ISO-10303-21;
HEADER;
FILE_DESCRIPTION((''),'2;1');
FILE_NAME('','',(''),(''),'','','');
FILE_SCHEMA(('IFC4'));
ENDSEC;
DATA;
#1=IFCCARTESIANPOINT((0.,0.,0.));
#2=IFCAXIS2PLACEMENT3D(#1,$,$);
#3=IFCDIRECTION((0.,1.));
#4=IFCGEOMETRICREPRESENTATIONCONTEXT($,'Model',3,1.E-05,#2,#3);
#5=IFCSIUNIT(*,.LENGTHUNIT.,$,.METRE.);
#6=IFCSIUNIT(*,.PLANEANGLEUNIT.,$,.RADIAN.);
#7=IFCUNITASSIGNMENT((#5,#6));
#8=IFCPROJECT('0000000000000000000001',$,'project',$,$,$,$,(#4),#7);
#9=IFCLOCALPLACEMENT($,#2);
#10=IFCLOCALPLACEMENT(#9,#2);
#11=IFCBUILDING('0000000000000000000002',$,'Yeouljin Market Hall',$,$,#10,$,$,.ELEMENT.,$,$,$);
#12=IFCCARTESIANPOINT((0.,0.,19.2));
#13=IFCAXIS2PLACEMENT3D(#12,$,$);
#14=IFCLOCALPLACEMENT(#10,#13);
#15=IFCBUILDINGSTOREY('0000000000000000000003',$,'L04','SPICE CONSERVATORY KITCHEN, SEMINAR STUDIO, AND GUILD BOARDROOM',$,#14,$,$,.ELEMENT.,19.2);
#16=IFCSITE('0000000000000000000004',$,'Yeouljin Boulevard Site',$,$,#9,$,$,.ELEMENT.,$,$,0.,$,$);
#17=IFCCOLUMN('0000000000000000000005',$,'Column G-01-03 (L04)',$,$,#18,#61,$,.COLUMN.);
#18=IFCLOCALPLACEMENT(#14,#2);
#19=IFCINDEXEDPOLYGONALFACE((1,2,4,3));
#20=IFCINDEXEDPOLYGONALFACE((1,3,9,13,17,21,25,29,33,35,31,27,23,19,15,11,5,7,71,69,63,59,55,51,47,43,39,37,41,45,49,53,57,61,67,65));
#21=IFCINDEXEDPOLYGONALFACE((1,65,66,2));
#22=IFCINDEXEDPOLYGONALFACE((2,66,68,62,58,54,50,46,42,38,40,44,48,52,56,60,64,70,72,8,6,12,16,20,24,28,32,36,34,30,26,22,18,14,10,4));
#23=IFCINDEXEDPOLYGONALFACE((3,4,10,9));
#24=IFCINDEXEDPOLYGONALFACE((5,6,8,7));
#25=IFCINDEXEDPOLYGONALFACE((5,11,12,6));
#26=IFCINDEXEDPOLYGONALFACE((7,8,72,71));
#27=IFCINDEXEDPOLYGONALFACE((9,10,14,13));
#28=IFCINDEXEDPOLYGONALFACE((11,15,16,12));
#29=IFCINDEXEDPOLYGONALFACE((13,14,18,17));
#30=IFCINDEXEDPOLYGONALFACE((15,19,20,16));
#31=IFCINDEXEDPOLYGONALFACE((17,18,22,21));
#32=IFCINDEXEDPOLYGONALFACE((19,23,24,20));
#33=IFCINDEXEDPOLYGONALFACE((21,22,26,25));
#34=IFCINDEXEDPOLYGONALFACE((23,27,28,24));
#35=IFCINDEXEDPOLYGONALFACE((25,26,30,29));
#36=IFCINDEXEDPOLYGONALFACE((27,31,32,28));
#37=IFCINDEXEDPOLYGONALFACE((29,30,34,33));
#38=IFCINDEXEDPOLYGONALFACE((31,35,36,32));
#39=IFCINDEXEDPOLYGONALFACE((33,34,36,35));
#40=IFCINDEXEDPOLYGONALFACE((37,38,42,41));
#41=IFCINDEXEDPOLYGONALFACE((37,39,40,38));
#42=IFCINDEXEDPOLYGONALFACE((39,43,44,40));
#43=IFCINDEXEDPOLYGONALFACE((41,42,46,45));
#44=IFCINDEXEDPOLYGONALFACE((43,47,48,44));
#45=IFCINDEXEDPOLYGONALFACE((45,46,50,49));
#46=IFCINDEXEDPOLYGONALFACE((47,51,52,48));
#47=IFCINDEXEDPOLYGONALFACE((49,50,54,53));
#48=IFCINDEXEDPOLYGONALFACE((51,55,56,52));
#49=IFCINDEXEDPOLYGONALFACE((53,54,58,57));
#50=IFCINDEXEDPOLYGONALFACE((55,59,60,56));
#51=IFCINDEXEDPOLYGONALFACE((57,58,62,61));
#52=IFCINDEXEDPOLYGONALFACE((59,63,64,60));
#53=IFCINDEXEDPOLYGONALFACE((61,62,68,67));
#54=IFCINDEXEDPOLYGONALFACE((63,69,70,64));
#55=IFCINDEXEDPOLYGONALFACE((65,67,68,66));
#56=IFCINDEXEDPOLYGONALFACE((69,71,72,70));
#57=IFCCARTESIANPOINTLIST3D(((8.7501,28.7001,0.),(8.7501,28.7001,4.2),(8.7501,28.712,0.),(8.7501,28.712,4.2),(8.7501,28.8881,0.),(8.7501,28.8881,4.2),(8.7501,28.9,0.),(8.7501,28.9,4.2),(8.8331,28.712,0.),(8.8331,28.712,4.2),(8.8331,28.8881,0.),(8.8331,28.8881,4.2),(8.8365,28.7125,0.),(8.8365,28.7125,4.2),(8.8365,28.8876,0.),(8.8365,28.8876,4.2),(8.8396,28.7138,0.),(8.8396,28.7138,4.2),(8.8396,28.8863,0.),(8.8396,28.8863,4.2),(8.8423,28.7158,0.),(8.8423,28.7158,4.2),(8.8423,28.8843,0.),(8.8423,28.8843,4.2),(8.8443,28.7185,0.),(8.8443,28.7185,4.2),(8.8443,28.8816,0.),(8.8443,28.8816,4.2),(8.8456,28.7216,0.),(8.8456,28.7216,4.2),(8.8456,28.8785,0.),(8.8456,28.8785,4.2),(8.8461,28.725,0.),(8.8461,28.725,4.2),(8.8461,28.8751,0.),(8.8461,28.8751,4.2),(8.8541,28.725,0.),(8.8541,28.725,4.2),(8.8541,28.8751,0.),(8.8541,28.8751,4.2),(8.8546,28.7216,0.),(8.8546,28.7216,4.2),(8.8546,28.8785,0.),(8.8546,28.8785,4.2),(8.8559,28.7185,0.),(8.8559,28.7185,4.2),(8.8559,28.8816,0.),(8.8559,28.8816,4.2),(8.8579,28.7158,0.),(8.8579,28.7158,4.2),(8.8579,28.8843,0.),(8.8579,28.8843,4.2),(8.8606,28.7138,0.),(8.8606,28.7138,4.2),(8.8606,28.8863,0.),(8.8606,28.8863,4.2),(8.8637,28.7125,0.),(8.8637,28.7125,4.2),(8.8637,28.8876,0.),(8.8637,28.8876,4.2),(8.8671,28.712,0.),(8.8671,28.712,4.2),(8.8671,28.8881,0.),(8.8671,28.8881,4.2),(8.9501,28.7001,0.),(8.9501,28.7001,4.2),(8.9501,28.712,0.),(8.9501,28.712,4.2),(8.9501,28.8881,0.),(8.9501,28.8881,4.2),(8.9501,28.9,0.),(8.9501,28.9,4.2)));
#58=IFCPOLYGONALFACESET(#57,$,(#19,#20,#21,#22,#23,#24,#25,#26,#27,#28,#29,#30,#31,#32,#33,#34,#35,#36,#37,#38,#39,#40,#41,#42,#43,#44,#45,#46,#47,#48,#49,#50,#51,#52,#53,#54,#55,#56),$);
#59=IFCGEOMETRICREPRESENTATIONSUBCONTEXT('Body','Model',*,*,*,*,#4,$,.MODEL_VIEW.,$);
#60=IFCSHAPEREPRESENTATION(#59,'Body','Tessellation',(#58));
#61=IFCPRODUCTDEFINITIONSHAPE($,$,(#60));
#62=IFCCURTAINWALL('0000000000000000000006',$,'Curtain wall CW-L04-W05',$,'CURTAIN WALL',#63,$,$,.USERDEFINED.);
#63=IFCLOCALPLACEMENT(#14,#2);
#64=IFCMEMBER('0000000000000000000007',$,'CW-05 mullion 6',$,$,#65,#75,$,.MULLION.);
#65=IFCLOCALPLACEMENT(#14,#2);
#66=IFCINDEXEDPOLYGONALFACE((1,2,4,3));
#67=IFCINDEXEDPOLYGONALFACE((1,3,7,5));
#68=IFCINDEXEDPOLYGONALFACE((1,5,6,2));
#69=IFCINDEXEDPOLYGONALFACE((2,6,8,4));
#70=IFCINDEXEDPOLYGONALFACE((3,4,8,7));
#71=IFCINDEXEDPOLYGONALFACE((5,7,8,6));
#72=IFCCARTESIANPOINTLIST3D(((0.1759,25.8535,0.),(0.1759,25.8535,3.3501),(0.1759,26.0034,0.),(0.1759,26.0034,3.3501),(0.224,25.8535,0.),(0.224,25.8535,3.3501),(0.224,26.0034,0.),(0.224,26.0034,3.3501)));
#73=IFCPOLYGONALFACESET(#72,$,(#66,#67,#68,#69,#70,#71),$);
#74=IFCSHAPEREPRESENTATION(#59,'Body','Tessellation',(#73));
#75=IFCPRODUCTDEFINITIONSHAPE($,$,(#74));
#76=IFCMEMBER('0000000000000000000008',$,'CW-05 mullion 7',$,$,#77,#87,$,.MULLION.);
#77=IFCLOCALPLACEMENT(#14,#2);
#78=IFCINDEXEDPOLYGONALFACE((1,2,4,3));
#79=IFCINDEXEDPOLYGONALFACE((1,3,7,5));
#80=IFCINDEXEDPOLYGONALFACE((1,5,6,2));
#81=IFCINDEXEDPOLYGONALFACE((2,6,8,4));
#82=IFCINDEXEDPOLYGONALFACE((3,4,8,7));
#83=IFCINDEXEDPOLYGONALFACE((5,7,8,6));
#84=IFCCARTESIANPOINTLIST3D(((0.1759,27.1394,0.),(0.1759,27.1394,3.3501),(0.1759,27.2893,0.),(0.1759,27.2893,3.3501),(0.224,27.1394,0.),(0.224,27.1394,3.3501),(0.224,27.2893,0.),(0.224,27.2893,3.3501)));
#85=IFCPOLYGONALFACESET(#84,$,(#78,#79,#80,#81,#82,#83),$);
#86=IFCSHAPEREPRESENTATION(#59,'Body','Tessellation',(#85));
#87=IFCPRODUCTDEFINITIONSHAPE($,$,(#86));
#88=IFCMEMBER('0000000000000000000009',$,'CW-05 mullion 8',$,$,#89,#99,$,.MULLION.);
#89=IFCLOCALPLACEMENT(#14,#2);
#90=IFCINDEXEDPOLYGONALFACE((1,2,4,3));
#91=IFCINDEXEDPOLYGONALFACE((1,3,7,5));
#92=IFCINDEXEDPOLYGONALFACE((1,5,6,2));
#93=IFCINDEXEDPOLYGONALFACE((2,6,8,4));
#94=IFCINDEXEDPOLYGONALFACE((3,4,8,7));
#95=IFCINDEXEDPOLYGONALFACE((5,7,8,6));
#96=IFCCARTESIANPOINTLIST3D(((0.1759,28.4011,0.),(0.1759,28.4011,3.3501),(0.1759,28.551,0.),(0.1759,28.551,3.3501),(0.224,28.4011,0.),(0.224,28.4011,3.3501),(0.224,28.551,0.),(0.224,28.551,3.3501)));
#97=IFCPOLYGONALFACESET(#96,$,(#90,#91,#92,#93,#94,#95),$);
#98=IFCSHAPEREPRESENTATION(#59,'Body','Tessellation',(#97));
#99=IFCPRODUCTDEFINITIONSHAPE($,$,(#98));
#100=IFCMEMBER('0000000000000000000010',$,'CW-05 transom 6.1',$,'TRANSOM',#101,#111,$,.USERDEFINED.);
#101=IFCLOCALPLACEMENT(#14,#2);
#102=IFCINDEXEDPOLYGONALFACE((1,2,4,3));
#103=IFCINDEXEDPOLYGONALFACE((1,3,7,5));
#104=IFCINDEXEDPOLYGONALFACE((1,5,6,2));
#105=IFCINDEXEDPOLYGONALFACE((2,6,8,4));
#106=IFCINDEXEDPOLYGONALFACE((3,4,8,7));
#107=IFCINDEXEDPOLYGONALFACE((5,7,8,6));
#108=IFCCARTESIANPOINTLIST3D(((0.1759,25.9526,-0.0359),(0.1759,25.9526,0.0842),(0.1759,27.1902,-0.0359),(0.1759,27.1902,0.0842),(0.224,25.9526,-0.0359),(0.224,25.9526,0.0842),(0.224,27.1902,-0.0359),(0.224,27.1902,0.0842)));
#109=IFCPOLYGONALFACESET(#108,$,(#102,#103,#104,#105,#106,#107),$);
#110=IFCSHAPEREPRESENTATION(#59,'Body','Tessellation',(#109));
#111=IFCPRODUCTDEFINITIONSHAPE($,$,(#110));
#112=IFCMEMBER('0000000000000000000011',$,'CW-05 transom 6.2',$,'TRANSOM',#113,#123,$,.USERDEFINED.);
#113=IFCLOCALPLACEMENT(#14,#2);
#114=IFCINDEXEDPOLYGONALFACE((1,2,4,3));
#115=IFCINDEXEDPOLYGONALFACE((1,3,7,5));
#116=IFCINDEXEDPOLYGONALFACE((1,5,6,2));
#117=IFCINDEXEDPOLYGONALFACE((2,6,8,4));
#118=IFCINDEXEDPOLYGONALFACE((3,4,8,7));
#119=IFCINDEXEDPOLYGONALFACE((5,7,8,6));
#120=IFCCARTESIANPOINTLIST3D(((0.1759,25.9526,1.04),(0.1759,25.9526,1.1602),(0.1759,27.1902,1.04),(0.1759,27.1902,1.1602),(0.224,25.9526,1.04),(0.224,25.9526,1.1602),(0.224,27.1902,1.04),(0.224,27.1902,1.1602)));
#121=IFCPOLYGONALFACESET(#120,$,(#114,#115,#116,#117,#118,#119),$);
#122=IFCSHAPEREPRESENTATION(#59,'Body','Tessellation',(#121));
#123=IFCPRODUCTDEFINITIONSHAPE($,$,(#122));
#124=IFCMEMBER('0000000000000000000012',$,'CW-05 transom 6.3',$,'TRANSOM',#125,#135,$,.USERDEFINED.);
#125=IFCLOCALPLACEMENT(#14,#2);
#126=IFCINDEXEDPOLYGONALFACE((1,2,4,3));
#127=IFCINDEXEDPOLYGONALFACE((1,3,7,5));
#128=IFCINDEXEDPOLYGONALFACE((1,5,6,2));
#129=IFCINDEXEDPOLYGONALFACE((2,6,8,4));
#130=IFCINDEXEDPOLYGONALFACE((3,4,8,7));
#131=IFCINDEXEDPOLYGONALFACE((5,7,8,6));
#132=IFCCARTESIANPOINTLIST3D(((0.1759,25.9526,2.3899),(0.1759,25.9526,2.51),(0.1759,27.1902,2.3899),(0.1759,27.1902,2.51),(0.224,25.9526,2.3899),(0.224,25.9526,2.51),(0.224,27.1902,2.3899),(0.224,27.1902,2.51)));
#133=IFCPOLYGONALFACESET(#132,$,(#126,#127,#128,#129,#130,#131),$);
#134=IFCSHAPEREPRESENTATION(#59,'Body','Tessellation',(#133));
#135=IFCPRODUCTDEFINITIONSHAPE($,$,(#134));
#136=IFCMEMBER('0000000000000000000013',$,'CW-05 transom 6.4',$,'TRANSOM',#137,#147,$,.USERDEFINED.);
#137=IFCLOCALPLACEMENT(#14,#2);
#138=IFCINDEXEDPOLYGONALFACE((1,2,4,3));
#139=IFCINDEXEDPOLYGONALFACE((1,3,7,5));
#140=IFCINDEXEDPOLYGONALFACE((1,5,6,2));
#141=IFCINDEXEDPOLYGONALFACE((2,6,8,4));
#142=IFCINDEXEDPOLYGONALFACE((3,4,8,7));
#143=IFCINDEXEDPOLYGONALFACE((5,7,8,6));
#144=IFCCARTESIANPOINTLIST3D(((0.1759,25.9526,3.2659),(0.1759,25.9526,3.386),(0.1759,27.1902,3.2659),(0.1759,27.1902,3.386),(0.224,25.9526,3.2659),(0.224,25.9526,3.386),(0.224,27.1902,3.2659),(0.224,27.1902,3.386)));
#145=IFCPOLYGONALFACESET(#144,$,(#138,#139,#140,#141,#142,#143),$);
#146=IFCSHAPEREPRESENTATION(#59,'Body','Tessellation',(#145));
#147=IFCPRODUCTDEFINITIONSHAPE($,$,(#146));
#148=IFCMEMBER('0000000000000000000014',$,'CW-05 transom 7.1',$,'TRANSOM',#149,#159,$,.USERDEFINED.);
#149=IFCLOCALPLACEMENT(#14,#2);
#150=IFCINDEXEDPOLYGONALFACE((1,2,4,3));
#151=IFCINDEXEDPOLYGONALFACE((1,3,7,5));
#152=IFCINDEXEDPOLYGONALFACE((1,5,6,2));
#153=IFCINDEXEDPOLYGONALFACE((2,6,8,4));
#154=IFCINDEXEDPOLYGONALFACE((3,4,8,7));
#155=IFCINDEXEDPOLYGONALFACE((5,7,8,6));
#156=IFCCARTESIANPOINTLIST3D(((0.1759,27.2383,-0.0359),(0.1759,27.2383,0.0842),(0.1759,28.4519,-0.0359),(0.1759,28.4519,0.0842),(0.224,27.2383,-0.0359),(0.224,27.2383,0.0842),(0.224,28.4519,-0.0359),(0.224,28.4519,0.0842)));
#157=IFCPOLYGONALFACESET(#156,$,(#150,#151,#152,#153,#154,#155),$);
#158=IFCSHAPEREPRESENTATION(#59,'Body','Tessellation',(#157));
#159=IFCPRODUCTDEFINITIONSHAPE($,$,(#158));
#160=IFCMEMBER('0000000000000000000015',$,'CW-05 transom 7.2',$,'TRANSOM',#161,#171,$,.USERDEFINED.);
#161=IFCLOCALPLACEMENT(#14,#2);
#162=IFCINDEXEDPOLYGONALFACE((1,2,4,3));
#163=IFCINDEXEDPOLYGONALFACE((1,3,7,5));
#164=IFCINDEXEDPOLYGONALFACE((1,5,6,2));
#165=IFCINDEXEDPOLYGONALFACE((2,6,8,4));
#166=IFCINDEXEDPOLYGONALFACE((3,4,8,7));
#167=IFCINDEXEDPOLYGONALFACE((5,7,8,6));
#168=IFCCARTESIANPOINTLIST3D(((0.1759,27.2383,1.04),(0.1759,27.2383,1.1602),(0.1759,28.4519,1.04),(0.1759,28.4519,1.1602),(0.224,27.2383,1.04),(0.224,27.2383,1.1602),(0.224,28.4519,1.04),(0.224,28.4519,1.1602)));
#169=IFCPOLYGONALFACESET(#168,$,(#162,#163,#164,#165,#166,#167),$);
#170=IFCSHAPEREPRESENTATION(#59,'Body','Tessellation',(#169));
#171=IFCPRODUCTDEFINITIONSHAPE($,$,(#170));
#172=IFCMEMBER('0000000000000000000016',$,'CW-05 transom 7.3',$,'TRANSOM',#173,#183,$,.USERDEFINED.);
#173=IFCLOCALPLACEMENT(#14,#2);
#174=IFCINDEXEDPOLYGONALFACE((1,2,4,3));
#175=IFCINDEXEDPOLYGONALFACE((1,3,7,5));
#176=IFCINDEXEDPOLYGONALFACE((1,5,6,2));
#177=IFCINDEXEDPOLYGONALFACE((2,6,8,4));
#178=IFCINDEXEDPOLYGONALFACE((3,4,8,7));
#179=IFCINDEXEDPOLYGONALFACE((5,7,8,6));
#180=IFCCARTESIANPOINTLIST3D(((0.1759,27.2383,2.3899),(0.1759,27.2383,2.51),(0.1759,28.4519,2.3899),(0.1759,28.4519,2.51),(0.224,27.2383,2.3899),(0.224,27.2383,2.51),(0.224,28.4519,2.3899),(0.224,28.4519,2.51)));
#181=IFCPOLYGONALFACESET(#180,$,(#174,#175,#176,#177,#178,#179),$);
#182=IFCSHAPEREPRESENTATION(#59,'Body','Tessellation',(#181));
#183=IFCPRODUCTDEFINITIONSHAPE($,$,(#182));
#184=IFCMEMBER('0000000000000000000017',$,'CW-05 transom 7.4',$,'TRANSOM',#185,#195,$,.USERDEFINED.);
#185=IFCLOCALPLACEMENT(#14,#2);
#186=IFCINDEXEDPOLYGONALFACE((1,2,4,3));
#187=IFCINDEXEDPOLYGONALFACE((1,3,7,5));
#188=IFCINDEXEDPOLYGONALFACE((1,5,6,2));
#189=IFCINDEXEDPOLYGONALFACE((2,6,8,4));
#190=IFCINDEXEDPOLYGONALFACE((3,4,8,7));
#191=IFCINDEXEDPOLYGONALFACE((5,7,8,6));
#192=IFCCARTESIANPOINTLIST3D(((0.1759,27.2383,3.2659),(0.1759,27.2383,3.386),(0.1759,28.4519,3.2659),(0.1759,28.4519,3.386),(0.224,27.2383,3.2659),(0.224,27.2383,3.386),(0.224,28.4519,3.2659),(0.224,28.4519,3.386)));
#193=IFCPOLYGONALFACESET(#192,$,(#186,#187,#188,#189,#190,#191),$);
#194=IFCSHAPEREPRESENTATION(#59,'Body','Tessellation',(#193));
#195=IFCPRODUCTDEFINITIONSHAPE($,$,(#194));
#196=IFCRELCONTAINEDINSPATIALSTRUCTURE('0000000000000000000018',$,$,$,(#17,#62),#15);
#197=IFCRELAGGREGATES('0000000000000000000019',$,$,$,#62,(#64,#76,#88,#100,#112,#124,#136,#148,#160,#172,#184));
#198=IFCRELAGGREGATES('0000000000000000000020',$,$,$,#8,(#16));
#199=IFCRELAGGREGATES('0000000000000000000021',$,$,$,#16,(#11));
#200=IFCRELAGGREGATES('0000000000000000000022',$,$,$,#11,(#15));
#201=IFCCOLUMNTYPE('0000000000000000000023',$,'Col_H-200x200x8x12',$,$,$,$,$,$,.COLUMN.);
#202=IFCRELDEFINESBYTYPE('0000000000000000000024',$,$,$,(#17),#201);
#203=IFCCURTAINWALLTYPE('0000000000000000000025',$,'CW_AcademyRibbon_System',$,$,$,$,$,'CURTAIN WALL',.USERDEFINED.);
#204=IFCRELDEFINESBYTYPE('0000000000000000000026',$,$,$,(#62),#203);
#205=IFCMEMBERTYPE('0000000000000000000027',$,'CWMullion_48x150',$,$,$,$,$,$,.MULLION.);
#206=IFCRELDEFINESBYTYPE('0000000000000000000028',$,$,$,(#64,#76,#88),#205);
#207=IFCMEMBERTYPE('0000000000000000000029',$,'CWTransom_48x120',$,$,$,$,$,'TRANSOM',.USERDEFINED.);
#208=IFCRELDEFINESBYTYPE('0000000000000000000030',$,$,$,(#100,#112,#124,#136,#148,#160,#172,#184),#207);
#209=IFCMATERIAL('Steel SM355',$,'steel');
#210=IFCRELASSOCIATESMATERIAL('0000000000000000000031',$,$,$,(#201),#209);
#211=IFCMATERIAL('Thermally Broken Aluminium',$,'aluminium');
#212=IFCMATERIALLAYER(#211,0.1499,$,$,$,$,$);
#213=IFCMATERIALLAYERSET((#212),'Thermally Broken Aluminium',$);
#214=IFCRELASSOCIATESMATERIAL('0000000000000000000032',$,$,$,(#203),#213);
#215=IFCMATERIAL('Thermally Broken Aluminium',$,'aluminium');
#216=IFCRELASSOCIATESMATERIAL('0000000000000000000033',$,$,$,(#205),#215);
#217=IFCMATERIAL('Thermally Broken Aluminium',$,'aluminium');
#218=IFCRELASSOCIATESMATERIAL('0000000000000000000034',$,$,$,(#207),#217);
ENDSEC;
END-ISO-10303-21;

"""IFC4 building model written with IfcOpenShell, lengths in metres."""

from ifc_helpers import new_model, si_unit, direction, frame, origin, origin_2d, place, context, subcontext, project, spatial, rectangle, i_section, extrude, material, layer, layer_set, material_profile, profile_set, type_object, element, aggregate, save


model = new_model("IFC4")

# Units and contexts
model_context = context("Model", 3, precision=1e-05, world=origin(), true_north=direction((0.0, 1.0)))
body_context = subcontext(model_context, "Body", "Model", "MODEL_VIEW")
ifc_project = project(units=[si_unit("LENGTHUNIT", "METRE"), si_unit("PLANEANGLEUNIT", "RADIAN")], contexts=[model_context])

# Site, building, storey
site_placement = place(None, origin())
site = spatial("IfcSite", under=ifc_project, at=site_placement, Name="Yeouljin Boulevard Site", CompositionType="ELEMENT", RefElevation=0.0)
building_placement = place(site_placement, origin())
building = spatial("IfcBuilding", under=site, at=building_placement, Name="Yeouljin Market Hall", CompositionType="ELEMENT")
storey_placement = place(building_placement, frame((0.0, 0.0, 19.2)))
storey = spatial("IfcBuildingStorey", under=building, at=storey_placement, Name="L04", Description="SPICE CONSERVATORY KITCHEN, SEMINAR STUDIO, AND GUILD BOARDROOM", CompositionType="ELEMENT", Elevation=19.2)

# Column
ifc_material_1 = material(Name="Steel SM355", Category="steel")
ifc_material_profile_1 = material_profile(ifc_material_1, i_section(OverallWidth=0.2, OverallDepth=0.2, WebThickness=0.0081, FlangeThickness=0.012, FilletRadius=0.0129, at=origin_2d()), Name="H-200x200x8x12")
ifc_profile_set_1 = profile_set([ifc_material_profile_1], Name="Steel SM355")
column_type = type_object("IfcColumnType", Name="Col_H-200x200x8x12", PredefinedType="COLUMN", material=ifc_profile_set_1)
column_placement = place(storey_placement, frame((8.8501, 28.8, 0.0), z_axis=(0.0, 0.0, 1.0), x_axis=(1.0, 0.0, 0.0)))
element("IfcColumn", 1, at=column_placement, inside=storey, type_object=column_type, Name="Column G-01-03 (L04)", PredefinedType="COLUMN", context=body_context, shape_type="SweptSolid", body=[
    extrude(i_section(OverallWidth=0.2, OverallDepth=0.2, WebThickness=0.0081, FlangeThickness=0.012, FilletRadius=0.0129, at=origin_2d()), origin(), (0.0, 0.0, 1.0), 4.2),
])

# Curtain wall, members
ifc_material_2 = material(Name="Thermally Broken Aluminium", Category="aluminium")
ifc_layer_1 = layer(ifc_material_2, 0.1499)
ifc_layer_set_1 = layer_set([ifc_layer_1], Name="Thermally Broken Aluminium")
curtain_wall_type = type_object("IfcCurtainWallType", Name="CW_AcademyRibbon_System", ElementType="CURTAIN WALL", PredefinedType="USERDEFINED", material=ifc_layer_set_1)
curtain_wall_placement = place(storey_placement, origin())
curtain_wall = element("IfcCurtainWall", 2, at=curtain_wall_placement, inside=storey, type_object=curtain_wall_type, Name="Curtain wall CW-L04-W05", ObjectType="CURTAIN WALL", PredefinedType="USERDEFINED")
ifc_material_3 = material(Name="Thermally Broken Aluminium", Category="aluminium")
ifc_material_profile_2 = material_profile(ifc_material_3, rectangle(XDim=0.0481, YDim=0.1499, at=origin_2d()), Name="CW-MULL-48x150")
ifc_profile_set_2 = profile_set([ifc_material_profile_2], Name="Thermally Broken Aluminium")
member_type_1 = type_object("IfcMemberType", Name="CWMullion_48x150", PredefinedType="MULLION", material=ifc_profile_set_2)
member_1_placement = place(storey_placement, frame((0.2, 25.9285, 0.0), z_axis=(0.0, 0.0, 1.0), x_axis=(-1.0, 0.0, 0.0)))
member_1 = element("IfcMember", 3, at=member_1_placement, type_object=member_type_1, Name="CW-05 mullion 6", PredefinedType="MULLION", context=body_context, shape_type="SweptSolid", body=[
    extrude(rectangle(XDim=0.0481, YDim=0.1499, at=origin_2d()), origin(), (0.0, 0.0, 1.0), 3.3501),
])
member_2_placement = place(storey_placement, frame((0.2, 27.2144, 0.0), z_axis=(0.0, 0.0, 1.0), x_axis=(-1.0, 0.0, 0.0)))
member_2 = element("IfcMember", 4, at=member_2_placement, type_object=member_type_1, Name="CW-05 mullion 7", PredefinedType="MULLION", context=body_context, shape_type="SweptSolid", body=[
    extrude(rectangle(XDim=0.0481, YDim=0.1499, at=origin_2d()), origin(), (0.0, 0.0, 1.0), 3.3501),
])
member_3_placement = place(storey_placement, frame((0.2, 28.4761, 0.0), z_axis=(0.0, 0.0, 1.0), x_axis=(-1.0, 0.0, 0.0)))
member_3 = element("IfcMember", 5, at=member_3_placement, type_object=member_type_1, Name="CW-05 mullion 8", PredefinedType="MULLION", context=body_context, shape_type="SweptSolid", body=[
    extrude(rectangle(XDim=0.0481, YDim=0.1499, at=origin_2d()), origin(), (0.0, 0.0, 1.0), 3.3501),
])
ifc_material_4 = material(Name="Thermally Broken Aluminium", Category="aluminium")
ifc_material_profile_3 = material_profile(ifc_material_4, rectangle(XDim=0.0481, YDim=0.1201, at=origin_2d()), Name="CW-TRAN-48x120")
ifc_profile_set_3 = profile_set([ifc_material_profile_3], Name="Thermally Broken Aluminium")
member_type_2 = type_object("IfcMemberType", Name="CWTransom_48x120", ElementType="TRANSOM", PredefinedType="USERDEFINED", material=ifc_profile_set_3)
member_4_placement = place(storey_placement, frame((0.2, 25.9526, 0.0242), z_axis=(0.0, 1.0, 0.0), x_axis=(-1.0, 0.0, 0.0)))
member_4 = element("IfcMember", 6, at=member_4_placement, type_object=member_type_2, Name="CW-05 transom 6.1", ObjectType="TRANSOM", PredefinedType="USERDEFINED", context=body_context, shape_type="SweptSolid", body=[
    extrude(rectangle(XDim=0.0481, YDim=0.1201, at=origin_2d()), origin(), (0.0, 0.0, 1.0), 1.2375),
])
member_5_placement = place(storey_placement, frame((0.2, 25.9526, 1.1001), z_axis=(0.0, 1.0, 0.0), x_axis=(-1.0, 0.0, 0.0)))
member_5 = element("IfcMember", 7, at=member_5_placement, type_object=member_type_2, Name="CW-05 transom 6.2", ObjectType="TRANSOM", PredefinedType="USERDEFINED", context=body_context, shape_type="SweptSolid", body=[
    extrude(rectangle(XDim=0.0481, YDim=0.1201, at=origin_2d()), origin(), (0.0, 0.0, 1.0), 1.2375),
])
member_6_placement = place(storey_placement, frame((0.2, 25.9526, 2.45), z_axis=(0.0, 1.0, 0.0), x_axis=(-1.0, 0.0, 0.0)))
member_6 = element("IfcMember", 8, at=member_6_placement, type_object=member_type_2, Name="CW-05 transom 6.3", ObjectType="TRANSOM", PredefinedType="USERDEFINED", context=body_context, shape_type="SweptSolid", body=[
    extrude(rectangle(XDim=0.0481, YDim=0.1201, at=origin_2d()), origin(), (0.0, 0.0, 1.0), 1.2375),
])
member_7_placement = place(storey_placement, frame((0.2, 25.9526, 3.3259), z_axis=(0.0, 1.0, 0.0), x_axis=(-1.0, 0.0, 0.0)))
member_7 = element("IfcMember", 9, at=member_7_placement, type_object=member_type_2, Name="CW-05 transom 6.4", ObjectType="TRANSOM", PredefinedType="USERDEFINED", context=body_context, shape_type="SweptSolid", body=[
    extrude(rectangle(XDim=0.0481, YDim=0.1201, at=origin_2d()), origin(), (0.0, 0.0, 1.0), 1.2375),
])
member_8_placement = place(storey_placement, frame((0.2, 27.2383, 0.0242), z_axis=(0.0, 1.0, 0.0), x_axis=(-1.0, 0.0, 0.0)))
member_8 = element("IfcMember", 10, at=member_8_placement, type_object=member_type_2, Name="CW-05 transom 7.1", ObjectType="TRANSOM", PredefinedType="USERDEFINED", context=body_context, shape_type="SweptSolid", body=[
    extrude(rectangle(XDim=0.0481, YDim=0.1201, at=origin_2d()), origin(), (0.0, 0.0, 1.0), 1.2136),
])
member_9_placement = place(storey_placement, frame((0.2, 27.2383, 1.1001), z_axis=(0.0, 1.0, 0.0), x_axis=(-1.0, 0.0, 0.0)))
member_9 = element("IfcMember", 11, at=member_9_placement, type_object=member_type_2, Name="CW-05 transom 7.2", ObjectType="TRANSOM", PredefinedType="USERDEFINED", context=body_context, shape_type="SweptSolid", body=[
    extrude(rectangle(XDim=0.0481, YDim=0.1201, at=origin_2d()), origin(), (0.0, 0.0, 1.0), 1.2136),
])
member_10_placement = place(storey_placement, frame((0.2, 27.2383, 2.45), z_axis=(0.0, 1.0, 0.0), x_axis=(-1.0, 0.0, 0.0)))
member_10 = element("IfcMember", 12, at=member_10_placement, type_object=member_type_2, Name="CW-05 transom 7.3", ObjectType="TRANSOM", PredefinedType="USERDEFINED", context=body_context, shape_type="SweptSolid", body=[
    extrude(rectangle(XDim=0.0481, YDim=0.1201, at=origin_2d()), origin(), (0.0, 0.0, 1.0), 1.2136),
])
member_11_placement = place(storey_placement, frame((0.2, 27.2383, 3.3259), z_axis=(0.0, 1.0, 0.0), x_axis=(-1.0, 0.0, 0.0)))
member_11 = element("IfcMember", 13, at=member_11_placement, type_object=member_type_2, Name="CW-05 transom 7.4", ObjectType="TRANSOM", PredefinedType="USERDEFINED", context=body_context, shape_type="SweptSolid", body=[
    extrude(rectangle(XDim=0.0481, YDim=0.1201, at=origin_2d()), origin(), (0.0, 0.0, 1.0), 1.2136),
])

aggregate(curtain_wall, [member_1, member_2, member_3, member_4, member_5, member_6, member_7, member_8, member_9, member_10, member_11])

save(model, "model.ifc")
